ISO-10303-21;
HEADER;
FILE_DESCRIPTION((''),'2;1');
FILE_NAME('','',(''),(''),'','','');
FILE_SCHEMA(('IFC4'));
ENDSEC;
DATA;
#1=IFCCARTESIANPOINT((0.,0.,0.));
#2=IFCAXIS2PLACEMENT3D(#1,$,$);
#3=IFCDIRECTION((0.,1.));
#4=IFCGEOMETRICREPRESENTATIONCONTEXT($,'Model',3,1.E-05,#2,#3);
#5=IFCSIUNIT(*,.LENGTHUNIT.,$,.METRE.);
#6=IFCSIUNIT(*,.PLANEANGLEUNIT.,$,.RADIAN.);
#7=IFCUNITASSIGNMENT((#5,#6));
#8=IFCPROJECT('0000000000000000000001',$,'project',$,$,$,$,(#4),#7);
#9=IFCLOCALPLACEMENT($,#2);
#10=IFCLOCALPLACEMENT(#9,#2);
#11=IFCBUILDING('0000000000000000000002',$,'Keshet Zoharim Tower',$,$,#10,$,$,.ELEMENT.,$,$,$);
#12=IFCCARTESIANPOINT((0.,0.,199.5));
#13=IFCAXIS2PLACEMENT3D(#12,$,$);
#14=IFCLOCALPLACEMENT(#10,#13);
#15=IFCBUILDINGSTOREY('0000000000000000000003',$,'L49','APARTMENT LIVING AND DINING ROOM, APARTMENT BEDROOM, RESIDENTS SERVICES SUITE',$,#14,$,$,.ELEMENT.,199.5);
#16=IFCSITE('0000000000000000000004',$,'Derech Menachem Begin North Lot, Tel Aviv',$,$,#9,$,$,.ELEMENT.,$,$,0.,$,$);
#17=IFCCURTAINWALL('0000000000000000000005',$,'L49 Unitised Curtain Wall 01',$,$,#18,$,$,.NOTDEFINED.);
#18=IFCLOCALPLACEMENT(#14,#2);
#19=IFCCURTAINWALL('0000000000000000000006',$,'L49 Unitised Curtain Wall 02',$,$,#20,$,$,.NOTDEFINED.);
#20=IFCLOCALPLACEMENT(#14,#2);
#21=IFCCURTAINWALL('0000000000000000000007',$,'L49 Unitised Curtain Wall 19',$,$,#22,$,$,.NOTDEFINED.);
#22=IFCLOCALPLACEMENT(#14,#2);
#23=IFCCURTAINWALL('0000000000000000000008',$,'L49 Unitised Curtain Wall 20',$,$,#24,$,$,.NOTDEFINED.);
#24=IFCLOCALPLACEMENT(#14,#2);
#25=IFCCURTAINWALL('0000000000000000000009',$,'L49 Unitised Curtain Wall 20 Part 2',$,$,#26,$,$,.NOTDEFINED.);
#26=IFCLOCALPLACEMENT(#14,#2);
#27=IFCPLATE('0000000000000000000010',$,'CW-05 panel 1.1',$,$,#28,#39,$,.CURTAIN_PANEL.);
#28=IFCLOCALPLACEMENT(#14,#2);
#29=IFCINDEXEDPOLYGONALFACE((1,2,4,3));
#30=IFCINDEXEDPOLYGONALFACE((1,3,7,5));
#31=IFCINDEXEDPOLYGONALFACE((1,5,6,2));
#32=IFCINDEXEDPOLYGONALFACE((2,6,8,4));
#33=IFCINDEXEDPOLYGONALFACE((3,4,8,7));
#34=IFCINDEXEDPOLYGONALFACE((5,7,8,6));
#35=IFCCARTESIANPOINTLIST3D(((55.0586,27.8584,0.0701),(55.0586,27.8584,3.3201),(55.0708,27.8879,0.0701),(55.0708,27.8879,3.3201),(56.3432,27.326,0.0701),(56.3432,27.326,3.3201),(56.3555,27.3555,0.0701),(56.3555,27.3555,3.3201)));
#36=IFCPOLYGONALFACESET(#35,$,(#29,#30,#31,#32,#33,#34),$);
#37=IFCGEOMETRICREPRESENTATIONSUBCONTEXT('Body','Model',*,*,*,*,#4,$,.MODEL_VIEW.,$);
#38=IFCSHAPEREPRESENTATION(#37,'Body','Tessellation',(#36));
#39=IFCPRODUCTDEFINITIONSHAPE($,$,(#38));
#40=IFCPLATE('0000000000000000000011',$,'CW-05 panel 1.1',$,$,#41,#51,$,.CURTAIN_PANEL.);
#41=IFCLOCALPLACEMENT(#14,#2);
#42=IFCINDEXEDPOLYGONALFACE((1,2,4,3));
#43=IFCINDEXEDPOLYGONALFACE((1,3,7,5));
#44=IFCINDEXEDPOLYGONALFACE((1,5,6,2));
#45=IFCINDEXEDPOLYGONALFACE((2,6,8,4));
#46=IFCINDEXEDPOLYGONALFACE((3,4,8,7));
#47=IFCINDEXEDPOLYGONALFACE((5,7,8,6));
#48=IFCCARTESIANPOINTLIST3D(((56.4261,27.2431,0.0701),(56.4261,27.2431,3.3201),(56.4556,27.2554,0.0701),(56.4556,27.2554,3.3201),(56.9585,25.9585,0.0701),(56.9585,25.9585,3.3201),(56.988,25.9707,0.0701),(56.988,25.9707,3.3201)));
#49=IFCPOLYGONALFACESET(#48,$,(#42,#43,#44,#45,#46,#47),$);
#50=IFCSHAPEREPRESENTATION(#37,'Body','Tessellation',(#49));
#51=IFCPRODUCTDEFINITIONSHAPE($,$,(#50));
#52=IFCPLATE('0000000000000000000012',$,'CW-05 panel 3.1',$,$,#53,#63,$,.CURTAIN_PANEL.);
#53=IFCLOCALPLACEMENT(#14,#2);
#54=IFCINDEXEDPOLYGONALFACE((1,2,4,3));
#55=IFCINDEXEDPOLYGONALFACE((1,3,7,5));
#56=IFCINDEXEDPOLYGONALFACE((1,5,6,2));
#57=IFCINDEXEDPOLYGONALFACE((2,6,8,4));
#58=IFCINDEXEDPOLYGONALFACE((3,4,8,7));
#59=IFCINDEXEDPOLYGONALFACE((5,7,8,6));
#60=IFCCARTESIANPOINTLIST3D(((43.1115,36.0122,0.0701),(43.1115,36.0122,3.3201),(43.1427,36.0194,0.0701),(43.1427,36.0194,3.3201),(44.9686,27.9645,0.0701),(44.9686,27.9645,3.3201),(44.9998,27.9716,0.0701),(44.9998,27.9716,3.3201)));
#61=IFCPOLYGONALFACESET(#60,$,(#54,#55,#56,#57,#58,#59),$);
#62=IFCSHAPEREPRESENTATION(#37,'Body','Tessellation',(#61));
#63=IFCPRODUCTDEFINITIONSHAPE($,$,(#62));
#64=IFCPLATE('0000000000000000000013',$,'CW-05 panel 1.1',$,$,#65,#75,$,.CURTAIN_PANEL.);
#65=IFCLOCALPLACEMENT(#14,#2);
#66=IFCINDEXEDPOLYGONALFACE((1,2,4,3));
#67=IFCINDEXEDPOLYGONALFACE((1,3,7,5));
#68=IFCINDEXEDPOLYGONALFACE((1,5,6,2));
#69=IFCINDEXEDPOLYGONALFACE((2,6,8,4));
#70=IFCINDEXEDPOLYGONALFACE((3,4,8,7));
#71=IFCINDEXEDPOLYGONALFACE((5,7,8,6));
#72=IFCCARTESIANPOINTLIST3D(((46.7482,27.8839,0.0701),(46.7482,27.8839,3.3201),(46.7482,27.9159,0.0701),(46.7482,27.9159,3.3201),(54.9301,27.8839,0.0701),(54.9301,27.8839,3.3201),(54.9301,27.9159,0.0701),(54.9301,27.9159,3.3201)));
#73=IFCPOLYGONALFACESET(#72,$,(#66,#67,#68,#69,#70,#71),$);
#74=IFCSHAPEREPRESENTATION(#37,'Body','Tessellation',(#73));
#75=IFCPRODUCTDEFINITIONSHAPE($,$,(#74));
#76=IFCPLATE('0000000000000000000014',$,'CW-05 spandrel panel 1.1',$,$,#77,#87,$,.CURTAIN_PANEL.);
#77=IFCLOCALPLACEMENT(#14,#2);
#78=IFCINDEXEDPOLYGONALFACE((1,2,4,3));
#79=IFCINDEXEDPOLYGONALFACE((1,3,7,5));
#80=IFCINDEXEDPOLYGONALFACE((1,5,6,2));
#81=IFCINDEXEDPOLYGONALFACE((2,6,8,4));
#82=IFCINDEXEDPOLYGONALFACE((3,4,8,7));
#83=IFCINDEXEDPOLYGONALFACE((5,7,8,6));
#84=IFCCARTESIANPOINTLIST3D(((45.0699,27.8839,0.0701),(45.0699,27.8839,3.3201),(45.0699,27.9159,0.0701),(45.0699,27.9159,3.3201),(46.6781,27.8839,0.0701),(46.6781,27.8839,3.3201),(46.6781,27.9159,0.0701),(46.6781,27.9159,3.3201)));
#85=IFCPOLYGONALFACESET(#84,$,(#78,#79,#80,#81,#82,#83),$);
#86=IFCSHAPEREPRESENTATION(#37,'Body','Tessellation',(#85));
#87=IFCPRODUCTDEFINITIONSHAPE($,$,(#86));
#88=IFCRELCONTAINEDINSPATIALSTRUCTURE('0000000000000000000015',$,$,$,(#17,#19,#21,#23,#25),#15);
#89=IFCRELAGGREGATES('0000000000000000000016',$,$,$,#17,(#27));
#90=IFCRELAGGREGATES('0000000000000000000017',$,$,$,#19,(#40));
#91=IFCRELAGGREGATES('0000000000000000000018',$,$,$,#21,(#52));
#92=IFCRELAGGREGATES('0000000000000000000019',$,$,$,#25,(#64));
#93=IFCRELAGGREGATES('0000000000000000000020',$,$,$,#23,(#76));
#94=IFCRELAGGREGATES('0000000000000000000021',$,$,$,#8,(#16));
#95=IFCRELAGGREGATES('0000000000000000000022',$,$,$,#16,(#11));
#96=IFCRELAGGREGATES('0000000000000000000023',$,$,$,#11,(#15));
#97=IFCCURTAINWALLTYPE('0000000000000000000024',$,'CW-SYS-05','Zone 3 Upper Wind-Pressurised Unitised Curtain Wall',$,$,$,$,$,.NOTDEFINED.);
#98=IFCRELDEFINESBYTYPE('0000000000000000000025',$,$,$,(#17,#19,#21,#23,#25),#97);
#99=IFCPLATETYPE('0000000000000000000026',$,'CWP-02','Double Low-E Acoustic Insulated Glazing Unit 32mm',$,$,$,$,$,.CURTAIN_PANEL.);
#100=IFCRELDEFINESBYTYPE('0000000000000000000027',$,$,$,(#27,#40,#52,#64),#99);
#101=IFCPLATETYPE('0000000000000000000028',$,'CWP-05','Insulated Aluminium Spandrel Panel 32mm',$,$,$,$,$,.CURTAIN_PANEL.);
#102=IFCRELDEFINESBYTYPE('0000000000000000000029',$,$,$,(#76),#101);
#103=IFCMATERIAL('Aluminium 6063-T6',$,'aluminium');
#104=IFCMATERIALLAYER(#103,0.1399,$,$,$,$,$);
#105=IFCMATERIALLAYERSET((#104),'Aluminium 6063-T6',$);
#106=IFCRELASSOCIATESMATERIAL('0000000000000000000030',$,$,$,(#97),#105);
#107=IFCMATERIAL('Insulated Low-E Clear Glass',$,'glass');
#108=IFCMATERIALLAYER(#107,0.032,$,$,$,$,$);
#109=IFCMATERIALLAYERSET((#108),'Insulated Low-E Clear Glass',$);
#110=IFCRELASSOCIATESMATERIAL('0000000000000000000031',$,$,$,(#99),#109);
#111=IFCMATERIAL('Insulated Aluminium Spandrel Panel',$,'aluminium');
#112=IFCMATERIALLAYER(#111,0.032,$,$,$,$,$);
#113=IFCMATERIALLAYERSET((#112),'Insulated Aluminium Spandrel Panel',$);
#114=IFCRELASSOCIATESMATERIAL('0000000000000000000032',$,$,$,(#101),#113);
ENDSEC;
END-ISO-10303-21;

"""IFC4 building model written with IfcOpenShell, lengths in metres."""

from ifc_helpers import new_model, si_unit, direction, frame, origin, origin_2d, place, context, subcontext, project, spatial, rectangle, extrude, material, layer, layer_set, type_object, element, aggregate, save


model = new_model("IFC4")

# Units and contexts
model_context = context("Model", 3, precision=1e-05, world=origin(), true_north=direction((0.0, 1.0)))
body_context = subcontext(model_context, "Body", "Model", "MODEL_VIEW")
ifc_project = project(units=[si_unit("LENGTHUNIT", "METRE"), si_unit("PLANEANGLEUNIT", "RADIAN")], contexts=[model_context])

# Site, building, storey
site_placement = place(None, origin())
site = spatial("IfcSite", under=ifc_project, at=site_placement, Name="Derech Menachem Begin North Lot, Tel Aviv", CompositionType="ELEMENT", RefElevation=0.0)
building_placement = place(site_placement, origin())
building = spatial("IfcBuilding", under=site, at=building_placement, Name="Keshet Zoharim Tower", CompositionType="ELEMENT")
storey_placement = place(building_placement, frame((0.0, 0.0, 199.5)))
storey = spatial("IfcBuildingStorey", under=building, at=storey_placement, Name="L49", Description="APARTMENT LIVING AND DINING ROOM, APARTMENT BEDROOM, RESIDENTS SERVICES SUITE", CompositionType="ELEMENT", Elevation=199.5)

# Curtain walls
ifc_material_1 = material(Name="Aluminium 6063-T6", Category="aluminium")
ifc_layer_1 = layer(ifc_material_1, 0.1399)
ifc_layer_set_1 = layer_set([ifc_layer_1], Name="Aluminium 6063-T6")
curtain_wall_type = type_object("IfcCurtainWallType", Name="CW-SYS-05", Description="Zone 3 Upper Wind-Pressurised Unitised Curtain Wall", PredefinedType="NOTDEFINED", material=ifc_layer_set_1)
curtain_wall_1_placement = place(storey_placement, origin())
curtain_wall_1 = element("IfcCurtainWall", 1, at=curtain_wall_1_placement, inside=storey, type_object=curtain_wall_type, Name="L49 Unitised Curtain Wall 01", PredefinedType="NOTDEFINED")
curtain_wall_2_placement = place(storey_placement, origin())
curtain_wall_2 = element("IfcCurtainWall", 2, at=curtain_wall_2_placement, inside=storey, type_object=curtain_wall_type, Name="L49 Unitised Curtain Wall 02", PredefinedType="NOTDEFINED")

# Curtain wall
curtain_wall_3_placement = place(storey_placement, origin())
curtain_wall_3 = element("IfcCurtainWall", 3, at=curtain_wall_3_placement, inside=storey, type_object=curtain_wall_type, Name="L49 Unitised Curtain Wall 19", PredefinedType="NOTDEFINED")

# Curtain wall
curtain_wall_4_placement = place(storey_placement, origin())
curtain_wall_4 = element("IfcCurtainWall", 4, at=curtain_wall_4_placement, inside=storey, type_object=curtain_wall_type, Name="L49 Unitised Curtain Wall 20", PredefinedType="NOTDEFINED")

# Curtain wall
curtain_wall_5_placement = place(storey_placement, origin())
curtain_wall_5 = element("IfcCurtainWall", 5, at=curtain_wall_5_placement, inside=storey, type_object=curtain_wall_type, Name="L49 Unitised Curtain Wall 20 Part 2", PredefinedType="NOTDEFINED")

# Plates
ifc_material_2 = material(Name="Insulated Low-E Clear Glass", Category="glass")
ifc_layer_2 = layer(ifc_material_2, 0.032)
ifc_layer_set_2 = layer_set([ifc_layer_2], Name="Insulated Low-E Clear Glass")
plate_type_1 = type_object("IfcPlateType", Name="CWP-02", Description="Double Low-E Acoustic Insulated Glazing Unit 32mm", PredefinedType="CURTAIN_PANEL", material=ifc_layer_set_2)
plate_1_placement = place(storey_placement, frame((55.707, 27.6069, 0.0701), z_axis=(0.0, 0.0, 1.0), x_axis=(0.92381, -0.382852, 0.0)))
plate_1 = element("IfcPlate", 6, at=plate_1_placement, type_object=plate_type_1, Name="CW-05 panel 1.1", PredefinedType="CURTAIN_PANEL", context=body_context, shape_type="SweptSolid", body=[
    extrude(rectangle(XDim=1.3906, YDim=0.032, at=origin_2d()), origin(), (0.0, 0.0, 1.0), 3.25),
])
aggregate(curtain_wall_1, [plate_1])
plate_2_placement = place(storey_placement, frame((56.707, 26.6069, 0.0701), z_axis=(0.0, 0.0, 1.0), x_axis=(0.382852, -0.92381, 0.0)))
plate_2 = element("IfcPlate", 7, at=plate_2_placement, type_object=plate_type_1, Name="CW-05 panel 1.1", PredefinedType="CURTAIN_PANEL", context=body_context, shape_type="SweptSolid", body=[
    extrude(rectangle(XDim=1.3906, YDim=0.032, at=origin_2d()), origin(), (0.0, 0.0, 1.0), 3.25),
])
aggregate(curtain_wall_2, [plate_2])
plate_3_placement = place(storey_placement, frame((44.0557, 31.9919, 0.0701), z_axis=(0.0, 0.0, 1.0), x_axis=(0.224848, -0.974394, 0.0)))
plate_3 = element("IfcPlate", 8, at=plate_3_placement, type_object=plate_type_1, Name="CW-05 panel 3.1", PredefinedType="CURTAIN_PANEL", context=body_context, shape_type="SweptSolid", body=[
    extrude(rectangle(XDim=8.2593, YDim=0.032, at=origin_2d()), origin(), (0.0, 0.0, 1.0), 3.25),
])
aggregate(curtain_wall_3, [plate_3])
plate_4_placement = place(storey_placement, frame((50.8391, 27.8999, 0.0701), z_axis=(0.0, 0.0, 1.0), x_axis=(1.0, 0.0, 0.0)))
plate_4 = element("IfcPlate", 9, at=plate_4_placement, type_object=plate_type_1, Name="CW-05 panel 1.1", PredefinedType="CURTAIN_PANEL", context=body_context, shape_type="SweptSolid", body=[
    extrude(rectangle(XDim=8.1819, YDim=0.032, at=origin_2d()), origin(), (0.0, 0.0, 1.0), 3.25),
])
aggregate(curtain_wall_5, [plate_4])
ifc_material_3 = material(Name="Insulated Aluminium Spandrel Panel", Category="aluminium")
ifc_layer_3 = layer(ifc_material_3, 0.032)
ifc_layer_set_3 = layer_set([ifc_layer_3], Name="Insulated Aluminium Spandrel Panel")
plate_type_2 = type_object("IfcPlateType", Name="CWP-05", Description="Insulated Aluminium Spandrel Panel 32mm", PredefinedType="CURTAIN_PANEL", material=ifc_layer_set_3)
plate_5_placement = place(storey_placement, frame((45.874, 27.8999, 0.0701), z_axis=(0.0, 0.0, 1.0), x_axis=(1.0, 0.0, 0.0)))
plate_5 = element("IfcPlate", 10, at=plate_5_placement, type_object=plate_type_2, Name="CW-05 spandrel panel 1.1", PredefinedType="CURTAIN_PANEL", context=body_context, shape_type="SweptSolid", body=[
    extrude(rectangle(XDim=1.6082, YDim=0.032, at=origin_2d()), origin(), (0.0, 0.0, 1.0), 3.25),
])
aggregate(curtain_wall_4, [plate_5])

save(model, "model.ifc")
